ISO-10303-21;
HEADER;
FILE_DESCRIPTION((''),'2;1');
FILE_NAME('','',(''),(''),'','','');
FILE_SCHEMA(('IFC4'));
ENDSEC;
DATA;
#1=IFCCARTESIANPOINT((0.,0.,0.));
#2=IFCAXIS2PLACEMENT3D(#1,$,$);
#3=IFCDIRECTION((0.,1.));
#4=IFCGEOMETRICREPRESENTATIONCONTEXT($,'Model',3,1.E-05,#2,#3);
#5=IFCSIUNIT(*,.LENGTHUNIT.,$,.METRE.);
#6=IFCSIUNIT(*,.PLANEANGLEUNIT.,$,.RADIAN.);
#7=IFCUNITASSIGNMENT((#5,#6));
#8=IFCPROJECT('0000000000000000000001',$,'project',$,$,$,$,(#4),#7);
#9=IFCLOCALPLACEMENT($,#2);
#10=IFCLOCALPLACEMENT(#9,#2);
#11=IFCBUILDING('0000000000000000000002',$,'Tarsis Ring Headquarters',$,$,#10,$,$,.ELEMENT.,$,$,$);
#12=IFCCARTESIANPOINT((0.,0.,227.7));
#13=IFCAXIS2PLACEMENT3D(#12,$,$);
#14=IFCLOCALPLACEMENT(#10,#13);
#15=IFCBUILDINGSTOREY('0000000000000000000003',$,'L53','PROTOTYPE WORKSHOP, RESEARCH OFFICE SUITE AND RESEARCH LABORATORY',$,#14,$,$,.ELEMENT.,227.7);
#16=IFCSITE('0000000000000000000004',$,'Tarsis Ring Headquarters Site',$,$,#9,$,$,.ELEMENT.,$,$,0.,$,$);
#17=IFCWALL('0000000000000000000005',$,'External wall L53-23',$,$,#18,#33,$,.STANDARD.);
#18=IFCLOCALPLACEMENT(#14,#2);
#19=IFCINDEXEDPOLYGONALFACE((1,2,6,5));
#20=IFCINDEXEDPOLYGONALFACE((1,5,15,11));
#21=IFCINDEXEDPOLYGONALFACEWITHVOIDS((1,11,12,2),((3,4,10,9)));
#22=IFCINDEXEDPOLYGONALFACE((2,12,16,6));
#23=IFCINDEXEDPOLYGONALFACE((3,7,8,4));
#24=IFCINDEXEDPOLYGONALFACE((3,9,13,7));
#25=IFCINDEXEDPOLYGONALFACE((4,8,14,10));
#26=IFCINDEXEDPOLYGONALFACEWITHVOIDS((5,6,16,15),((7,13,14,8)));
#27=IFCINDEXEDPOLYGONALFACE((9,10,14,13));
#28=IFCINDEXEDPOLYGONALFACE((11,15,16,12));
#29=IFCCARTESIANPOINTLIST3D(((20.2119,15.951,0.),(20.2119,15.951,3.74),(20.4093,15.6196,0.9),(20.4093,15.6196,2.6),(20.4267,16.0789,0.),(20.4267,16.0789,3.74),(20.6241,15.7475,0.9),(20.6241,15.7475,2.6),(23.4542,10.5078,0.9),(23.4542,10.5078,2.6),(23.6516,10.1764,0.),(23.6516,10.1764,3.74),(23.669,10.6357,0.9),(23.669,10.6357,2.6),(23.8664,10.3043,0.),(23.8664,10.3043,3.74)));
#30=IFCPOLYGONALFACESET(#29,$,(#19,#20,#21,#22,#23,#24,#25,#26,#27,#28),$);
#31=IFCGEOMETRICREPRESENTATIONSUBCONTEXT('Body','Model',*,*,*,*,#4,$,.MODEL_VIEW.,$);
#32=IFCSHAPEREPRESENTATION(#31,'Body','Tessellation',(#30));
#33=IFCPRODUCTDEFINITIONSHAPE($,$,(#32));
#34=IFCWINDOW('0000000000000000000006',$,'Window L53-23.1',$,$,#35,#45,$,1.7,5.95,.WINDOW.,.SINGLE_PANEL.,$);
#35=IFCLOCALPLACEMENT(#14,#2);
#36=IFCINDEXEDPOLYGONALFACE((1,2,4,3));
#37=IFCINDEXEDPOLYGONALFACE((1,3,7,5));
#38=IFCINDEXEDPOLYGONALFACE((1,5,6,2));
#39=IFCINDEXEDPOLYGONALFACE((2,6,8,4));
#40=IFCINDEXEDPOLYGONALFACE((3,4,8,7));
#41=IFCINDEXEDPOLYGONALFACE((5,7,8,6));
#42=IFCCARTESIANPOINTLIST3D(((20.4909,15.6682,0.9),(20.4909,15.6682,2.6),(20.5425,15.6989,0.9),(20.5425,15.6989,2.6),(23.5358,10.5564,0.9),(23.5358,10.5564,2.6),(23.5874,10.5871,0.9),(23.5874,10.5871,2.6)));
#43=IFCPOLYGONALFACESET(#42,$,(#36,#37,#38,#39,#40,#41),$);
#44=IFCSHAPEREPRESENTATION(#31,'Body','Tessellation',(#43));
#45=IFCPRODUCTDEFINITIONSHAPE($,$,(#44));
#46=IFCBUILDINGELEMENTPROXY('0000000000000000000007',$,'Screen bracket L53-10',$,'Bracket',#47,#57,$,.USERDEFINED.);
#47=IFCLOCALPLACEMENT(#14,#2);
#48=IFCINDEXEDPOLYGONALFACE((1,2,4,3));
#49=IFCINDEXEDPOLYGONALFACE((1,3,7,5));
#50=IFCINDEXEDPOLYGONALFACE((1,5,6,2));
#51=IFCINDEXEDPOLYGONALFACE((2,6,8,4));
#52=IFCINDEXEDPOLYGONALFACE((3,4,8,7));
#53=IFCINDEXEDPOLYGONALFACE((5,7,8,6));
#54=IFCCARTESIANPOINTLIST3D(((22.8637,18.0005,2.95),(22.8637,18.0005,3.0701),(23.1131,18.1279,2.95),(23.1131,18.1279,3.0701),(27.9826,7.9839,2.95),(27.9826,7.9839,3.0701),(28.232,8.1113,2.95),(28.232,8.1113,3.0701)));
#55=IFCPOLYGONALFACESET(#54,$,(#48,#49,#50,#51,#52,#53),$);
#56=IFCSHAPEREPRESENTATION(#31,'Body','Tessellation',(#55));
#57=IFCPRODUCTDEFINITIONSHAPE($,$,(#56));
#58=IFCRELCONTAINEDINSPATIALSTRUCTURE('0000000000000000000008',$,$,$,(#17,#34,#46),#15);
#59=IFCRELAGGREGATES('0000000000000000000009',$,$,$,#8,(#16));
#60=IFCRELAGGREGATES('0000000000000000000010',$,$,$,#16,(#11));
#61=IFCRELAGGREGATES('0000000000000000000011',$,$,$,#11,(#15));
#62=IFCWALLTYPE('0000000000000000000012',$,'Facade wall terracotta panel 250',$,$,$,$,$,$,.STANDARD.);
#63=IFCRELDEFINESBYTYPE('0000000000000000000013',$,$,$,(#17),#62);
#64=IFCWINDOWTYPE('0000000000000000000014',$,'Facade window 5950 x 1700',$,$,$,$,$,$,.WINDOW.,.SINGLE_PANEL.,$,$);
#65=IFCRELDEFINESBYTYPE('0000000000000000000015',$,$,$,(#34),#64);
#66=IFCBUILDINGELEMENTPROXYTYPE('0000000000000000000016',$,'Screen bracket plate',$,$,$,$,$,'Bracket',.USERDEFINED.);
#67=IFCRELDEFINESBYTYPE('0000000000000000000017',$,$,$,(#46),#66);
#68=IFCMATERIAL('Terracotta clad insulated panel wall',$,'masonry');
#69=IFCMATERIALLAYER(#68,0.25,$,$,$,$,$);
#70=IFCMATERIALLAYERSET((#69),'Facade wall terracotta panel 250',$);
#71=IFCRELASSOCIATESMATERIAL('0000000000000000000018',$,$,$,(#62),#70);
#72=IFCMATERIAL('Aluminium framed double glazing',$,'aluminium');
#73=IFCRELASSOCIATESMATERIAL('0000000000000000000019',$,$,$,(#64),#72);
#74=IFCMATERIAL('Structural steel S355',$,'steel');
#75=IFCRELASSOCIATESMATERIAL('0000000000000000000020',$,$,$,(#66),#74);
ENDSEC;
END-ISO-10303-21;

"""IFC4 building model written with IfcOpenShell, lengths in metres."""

from ifc_helpers import new_model, si_unit, direction, frame, frame_2d, origin, origin_2d, place, context, subcontext, project, spatial, rectangle, extrude, material, layer, layer_set, type_object, element, fill, save


model = new_model("IFC4")

# Units and contexts
model_context = context("Model", 3, precision=1e-05, world=origin(), true_north=direction((0.0, 1.0)))
body_context = subcontext(model_context, "Body", "Model", "MODEL_VIEW")
ifc_project = project(units=[si_unit("LENGTHUNIT", "METRE"), si_unit("PLANEANGLEUNIT", "RADIAN")], contexts=[model_context])

# Site, building, storey
site_placement = place(None, origin())
site = spatial("IfcSite", under=ifc_project, at=site_placement, Name="Tarsis Ring Headquarters Site", CompositionType="ELEMENT", RefElevation=0.0)
building_placement = place(site_placement, origin())
building = spatial("IfcBuilding", under=site, at=building_placement, Name="Tarsis Ring Headquarters", CompositionType="ELEMENT")
storey_placement = place(building_placement, frame((0.0, 0.0, 227.7)))
storey = spatial("IfcBuildingStorey", under=building, at=storey_placement, Name="L53", Description="PROTOTYPE WORKSHOP, RESEARCH OFFICE SUITE AND RESEARCH LABORATORY", CompositionType="ELEMENT", Elevation=227.7)

# Shared definitions
ifc_material_1 = material(Name="Structural steel S355", Category="steel")

# Wall, opening, window
ifc_material_2 = material(Name="Terracotta clad insulated panel wall", Category="masonry")
ifc_layer_1 = layer(ifc_material_2, 0.25)
ifc_layer_set_1 = layer_set([ifc_layer_1], Name="Facade wall terracotta panel 250")
wall_type_1 = type_object("IfcWallType", Name="Facade wall terracotta panel 250", PredefinedType="STANDARD", material=ifc_layer_set_1)
ifc_material_3 = material(Name="Aluminium framed double glazing", Category="aluminium")
window_type = type_object("IfcWindowType", Name="Facade window 5950 x 1700", PartitioningType="SINGLE_PANEL", PredefinedType="WINDOW", material=ifc_material_3)
wall_1_placement = place(storey_placement, frame((23.759, 10.2402, 0.0), z_axis=(0.0, 0.0, 1.0), x_axis=(-0.511748, 0.859136, 0.0)))
wall_1 = element("IfcWall", 1, at=wall_1_placement, inside=storey, type_object=wall_type_1, Name="External wall L53-23", PredefinedType="STANDARD", context=body_context, shape_type="SweptSolid", body=[
    extrude(rectangle(XDim=6.7214, YDim=0.25, at=frame_2d((3.3608, 0.0))), origin(), (0.0, 0.0, 1.0), 3.74),
])
opening_1_placement = place(wall_1_placement, frame((0.3857, 0.0, 0.8999)))
opening_1 = element("IfcOpeningElement", 2, at=opening_1_placement, cuts=wall_1, PredefinedType="OPENING", context=body_context, shape_type="SweptSolid", body=[
    extrude(rectangle(XDim=5.95, YDim=1.7, at=frame_2d((2.9751, 0.8501))), frame((0.0, 0.135, 0.0), z_axis=(0.0, -1.0, 0.0), x_axis=(1.0, 0.0, 0.0)), (0.0, 0.0, 1.0), 0.27),
])
window_1_placement = place(opening_1_placement, origin())
window_1 = element("IfcWindow", 3, at=window_1_placement, inside=storey, type_object=window_type, Name="Window L53-23.1", OverallHeight=1.7, OverallWidth=5.95, PartitioningType="SINGLE_PANEL", PredefinedType="WINDOW", context=body_context, shape_type="SweptSolid", body=[
    extrude(rectangle(XDim=5.95, YDim=1.7, at=frame_2d((2.9751, 0.8501))), frame((0.0, 0.03, 0.0), z_axis=(0.0, -1.0, 0.0), x_axis=(1.0, 0.0, 0.0)), (0.0, 0.0, 1.0), 0.0601),
])
fill(opening_1, window_1)

# Building element proxy
building_element_proxy_type = type_object("IfcBuildingElementProxyType", Name="Screen bracket plate", ElementType="Bracket", PredefinedType="USERDEFINED", material=ifc_material_1)
proxy_placement = place(storey_placement, frame((25.5479, 13.0559, 2.95), z_axis=(0.0, 0.0, 1.0), x_axis=(-0.455059, 0.890461, 0.0)))
element("IfcBuildingElementProxy", 4, at=proxy_placement, inside=storey, type_object=building_element_proxy_type, Name="Screen bracket L53-10", ObjectType="Bracket", PredefinedType="USERDEFINED", context=body_context, shape_type="SweptSolid", body=[
    extrude(rectangle(XDim=11.2488, YDim=0.28, at=origin_2d()), origin(), (0.0, 0.0, 1.0), 0.1201),
])

save(model, "model.ifc")
